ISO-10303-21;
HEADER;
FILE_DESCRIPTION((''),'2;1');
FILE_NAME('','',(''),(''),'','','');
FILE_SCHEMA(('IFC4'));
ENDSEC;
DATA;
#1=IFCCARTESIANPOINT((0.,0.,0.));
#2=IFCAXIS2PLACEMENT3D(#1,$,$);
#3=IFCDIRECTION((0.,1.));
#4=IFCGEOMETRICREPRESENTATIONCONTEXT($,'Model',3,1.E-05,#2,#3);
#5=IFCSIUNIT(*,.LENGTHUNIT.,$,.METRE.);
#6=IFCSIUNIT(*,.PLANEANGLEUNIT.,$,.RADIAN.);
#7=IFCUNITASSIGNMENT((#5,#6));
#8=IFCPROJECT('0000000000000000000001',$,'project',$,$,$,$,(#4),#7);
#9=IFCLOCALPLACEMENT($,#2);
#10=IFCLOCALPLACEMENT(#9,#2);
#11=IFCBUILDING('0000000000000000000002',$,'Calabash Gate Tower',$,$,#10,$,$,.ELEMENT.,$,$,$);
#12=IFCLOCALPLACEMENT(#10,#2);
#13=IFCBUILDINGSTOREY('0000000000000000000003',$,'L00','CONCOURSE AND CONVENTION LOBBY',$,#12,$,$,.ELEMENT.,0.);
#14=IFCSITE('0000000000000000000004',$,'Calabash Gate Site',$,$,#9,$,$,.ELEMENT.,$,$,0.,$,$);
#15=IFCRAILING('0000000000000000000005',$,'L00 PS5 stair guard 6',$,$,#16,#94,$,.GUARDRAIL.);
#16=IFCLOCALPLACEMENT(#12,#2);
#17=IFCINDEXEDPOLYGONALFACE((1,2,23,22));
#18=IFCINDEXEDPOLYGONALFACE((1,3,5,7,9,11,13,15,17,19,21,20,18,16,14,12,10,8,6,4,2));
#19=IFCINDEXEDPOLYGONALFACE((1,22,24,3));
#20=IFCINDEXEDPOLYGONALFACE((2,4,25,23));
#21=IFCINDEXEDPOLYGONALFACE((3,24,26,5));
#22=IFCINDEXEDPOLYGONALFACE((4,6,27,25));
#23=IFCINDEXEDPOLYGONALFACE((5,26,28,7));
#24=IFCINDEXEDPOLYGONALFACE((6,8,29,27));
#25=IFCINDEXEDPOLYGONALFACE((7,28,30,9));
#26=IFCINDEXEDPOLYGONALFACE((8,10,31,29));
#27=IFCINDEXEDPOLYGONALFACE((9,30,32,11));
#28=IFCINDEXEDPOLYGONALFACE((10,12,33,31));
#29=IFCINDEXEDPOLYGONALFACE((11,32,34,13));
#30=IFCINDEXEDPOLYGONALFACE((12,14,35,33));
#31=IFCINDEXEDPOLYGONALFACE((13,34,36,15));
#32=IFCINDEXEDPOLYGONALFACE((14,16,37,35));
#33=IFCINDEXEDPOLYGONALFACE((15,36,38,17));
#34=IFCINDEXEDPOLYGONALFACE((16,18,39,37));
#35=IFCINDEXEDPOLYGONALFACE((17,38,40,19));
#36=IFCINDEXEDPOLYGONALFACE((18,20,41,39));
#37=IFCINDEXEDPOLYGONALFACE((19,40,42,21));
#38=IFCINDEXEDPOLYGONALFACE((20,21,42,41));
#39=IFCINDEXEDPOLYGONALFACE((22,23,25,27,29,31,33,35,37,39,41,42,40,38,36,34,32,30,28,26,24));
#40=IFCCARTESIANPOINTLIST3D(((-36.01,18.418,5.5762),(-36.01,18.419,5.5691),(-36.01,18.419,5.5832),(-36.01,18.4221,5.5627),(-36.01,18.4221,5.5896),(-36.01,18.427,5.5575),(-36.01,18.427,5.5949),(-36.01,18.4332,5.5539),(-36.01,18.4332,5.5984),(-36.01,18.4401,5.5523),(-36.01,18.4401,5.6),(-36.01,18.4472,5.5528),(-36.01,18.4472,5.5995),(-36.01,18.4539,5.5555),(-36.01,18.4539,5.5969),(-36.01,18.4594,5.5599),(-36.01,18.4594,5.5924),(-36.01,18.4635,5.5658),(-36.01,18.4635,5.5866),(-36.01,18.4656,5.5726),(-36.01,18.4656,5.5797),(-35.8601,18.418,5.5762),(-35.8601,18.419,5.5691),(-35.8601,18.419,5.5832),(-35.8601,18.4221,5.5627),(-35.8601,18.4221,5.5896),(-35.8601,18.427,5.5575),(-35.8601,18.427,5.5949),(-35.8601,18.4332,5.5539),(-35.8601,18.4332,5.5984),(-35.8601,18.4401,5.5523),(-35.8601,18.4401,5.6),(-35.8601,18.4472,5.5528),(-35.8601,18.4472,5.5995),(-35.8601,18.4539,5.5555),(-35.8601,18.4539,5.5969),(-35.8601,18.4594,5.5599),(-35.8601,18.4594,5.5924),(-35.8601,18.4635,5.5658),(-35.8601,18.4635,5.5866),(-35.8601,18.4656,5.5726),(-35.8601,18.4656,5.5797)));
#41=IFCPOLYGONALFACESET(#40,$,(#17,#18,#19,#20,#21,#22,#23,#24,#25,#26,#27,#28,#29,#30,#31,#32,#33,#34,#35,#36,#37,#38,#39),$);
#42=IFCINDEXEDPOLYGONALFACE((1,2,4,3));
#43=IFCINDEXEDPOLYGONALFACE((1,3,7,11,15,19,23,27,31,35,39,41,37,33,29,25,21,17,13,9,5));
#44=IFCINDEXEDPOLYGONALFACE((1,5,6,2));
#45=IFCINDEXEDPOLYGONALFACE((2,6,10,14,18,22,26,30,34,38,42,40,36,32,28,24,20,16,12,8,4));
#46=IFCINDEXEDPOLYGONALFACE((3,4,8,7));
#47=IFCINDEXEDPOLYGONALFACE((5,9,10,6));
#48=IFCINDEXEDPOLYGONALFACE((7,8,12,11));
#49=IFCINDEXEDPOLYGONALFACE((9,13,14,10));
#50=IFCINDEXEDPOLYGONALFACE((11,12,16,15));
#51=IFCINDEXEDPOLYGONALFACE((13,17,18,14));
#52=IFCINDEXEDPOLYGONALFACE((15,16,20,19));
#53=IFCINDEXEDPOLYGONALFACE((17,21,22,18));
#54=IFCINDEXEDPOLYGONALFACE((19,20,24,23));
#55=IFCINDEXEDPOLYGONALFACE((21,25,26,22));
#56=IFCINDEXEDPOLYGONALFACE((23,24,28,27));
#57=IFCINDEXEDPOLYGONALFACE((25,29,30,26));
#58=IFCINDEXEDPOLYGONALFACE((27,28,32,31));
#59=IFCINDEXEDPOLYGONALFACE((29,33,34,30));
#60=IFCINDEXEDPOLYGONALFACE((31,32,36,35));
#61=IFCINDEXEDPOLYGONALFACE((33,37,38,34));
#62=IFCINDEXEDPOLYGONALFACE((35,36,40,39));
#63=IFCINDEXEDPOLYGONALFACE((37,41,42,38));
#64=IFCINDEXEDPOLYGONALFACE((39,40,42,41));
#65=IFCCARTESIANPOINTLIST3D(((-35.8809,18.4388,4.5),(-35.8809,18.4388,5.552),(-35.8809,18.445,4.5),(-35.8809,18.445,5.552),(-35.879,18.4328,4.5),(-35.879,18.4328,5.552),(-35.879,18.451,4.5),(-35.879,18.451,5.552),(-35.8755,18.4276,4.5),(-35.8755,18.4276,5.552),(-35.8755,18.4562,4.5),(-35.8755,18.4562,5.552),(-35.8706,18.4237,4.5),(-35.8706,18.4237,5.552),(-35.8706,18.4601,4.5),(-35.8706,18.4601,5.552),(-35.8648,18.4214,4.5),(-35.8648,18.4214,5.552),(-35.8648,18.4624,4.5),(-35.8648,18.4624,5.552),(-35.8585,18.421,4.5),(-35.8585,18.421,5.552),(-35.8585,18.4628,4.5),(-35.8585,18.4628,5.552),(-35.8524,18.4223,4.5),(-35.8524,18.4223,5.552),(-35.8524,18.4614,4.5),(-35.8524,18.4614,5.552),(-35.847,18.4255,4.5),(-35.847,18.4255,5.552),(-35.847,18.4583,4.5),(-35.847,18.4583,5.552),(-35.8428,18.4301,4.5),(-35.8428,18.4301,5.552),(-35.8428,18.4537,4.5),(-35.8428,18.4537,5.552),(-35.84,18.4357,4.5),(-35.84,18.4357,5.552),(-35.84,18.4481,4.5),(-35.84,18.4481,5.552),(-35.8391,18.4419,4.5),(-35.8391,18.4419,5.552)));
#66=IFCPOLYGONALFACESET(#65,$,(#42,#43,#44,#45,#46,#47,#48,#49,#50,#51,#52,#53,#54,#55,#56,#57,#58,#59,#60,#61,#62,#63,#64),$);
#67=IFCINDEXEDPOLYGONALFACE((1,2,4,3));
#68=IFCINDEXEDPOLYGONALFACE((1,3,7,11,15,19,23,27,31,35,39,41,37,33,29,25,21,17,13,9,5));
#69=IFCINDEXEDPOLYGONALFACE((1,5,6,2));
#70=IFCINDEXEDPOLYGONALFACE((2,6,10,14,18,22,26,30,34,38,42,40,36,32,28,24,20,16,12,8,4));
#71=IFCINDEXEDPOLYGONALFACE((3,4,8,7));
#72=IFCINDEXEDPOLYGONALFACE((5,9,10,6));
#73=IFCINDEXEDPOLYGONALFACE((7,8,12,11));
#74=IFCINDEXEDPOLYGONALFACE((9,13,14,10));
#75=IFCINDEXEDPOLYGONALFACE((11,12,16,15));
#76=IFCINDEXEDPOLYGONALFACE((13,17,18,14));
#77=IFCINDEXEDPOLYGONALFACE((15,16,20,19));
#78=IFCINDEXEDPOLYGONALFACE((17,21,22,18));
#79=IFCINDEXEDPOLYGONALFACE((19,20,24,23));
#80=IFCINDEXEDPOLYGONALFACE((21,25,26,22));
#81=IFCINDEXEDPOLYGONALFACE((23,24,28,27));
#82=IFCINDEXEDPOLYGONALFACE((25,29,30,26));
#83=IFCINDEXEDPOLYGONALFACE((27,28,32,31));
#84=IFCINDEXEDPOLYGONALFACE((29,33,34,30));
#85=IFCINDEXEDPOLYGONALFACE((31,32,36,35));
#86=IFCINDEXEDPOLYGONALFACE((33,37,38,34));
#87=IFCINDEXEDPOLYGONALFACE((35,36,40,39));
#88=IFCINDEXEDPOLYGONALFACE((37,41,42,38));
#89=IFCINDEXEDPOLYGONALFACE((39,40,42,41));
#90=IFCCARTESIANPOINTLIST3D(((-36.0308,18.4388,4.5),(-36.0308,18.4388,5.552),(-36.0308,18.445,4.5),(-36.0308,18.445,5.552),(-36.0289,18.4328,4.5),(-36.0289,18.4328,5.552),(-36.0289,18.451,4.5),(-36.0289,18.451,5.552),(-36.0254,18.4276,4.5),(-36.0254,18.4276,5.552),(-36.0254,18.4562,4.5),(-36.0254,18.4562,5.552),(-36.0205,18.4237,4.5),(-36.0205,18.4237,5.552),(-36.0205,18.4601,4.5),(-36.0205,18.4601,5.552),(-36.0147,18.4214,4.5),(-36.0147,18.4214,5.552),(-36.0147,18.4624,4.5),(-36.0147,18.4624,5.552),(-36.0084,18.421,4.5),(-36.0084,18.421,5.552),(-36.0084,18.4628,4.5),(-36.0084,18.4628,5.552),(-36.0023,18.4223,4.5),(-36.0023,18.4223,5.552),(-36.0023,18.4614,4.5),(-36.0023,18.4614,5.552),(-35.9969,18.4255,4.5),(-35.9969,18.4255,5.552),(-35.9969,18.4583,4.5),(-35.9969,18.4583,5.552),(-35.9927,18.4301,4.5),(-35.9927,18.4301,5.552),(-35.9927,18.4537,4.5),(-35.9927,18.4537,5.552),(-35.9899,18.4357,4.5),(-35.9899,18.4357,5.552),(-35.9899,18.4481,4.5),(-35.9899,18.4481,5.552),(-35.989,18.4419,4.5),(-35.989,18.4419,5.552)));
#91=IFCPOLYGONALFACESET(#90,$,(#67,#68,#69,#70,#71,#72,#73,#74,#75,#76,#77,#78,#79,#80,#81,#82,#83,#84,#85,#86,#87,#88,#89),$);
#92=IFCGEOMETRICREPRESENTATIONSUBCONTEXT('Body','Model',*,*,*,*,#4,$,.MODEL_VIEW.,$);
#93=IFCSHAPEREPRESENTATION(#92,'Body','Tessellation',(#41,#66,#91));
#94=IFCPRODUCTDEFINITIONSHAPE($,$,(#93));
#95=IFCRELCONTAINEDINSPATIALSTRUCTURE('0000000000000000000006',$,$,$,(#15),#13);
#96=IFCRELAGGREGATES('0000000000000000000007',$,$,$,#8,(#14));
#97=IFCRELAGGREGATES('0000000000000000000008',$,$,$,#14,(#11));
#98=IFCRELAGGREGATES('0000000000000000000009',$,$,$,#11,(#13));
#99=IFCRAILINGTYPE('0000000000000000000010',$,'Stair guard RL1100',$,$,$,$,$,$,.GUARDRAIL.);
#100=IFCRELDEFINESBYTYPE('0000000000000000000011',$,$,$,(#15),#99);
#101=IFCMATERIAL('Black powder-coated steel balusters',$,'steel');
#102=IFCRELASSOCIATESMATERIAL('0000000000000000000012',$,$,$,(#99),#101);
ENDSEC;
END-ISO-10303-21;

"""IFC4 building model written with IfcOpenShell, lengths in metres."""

from ifc_helpers import new_model, si_unit, direction, frame, origin, origin_2d, place, context, subcontext, project, spatial, circle, extrude, material, type_object, element, save


model = new_model("IFC4")

# Units and contexts
model_context = context("Model", 3, precision=1e-05, world=origin(), true_north=direction((0.0, 1.0)))
body_context = subcontext(model_context, "Body", "Model", "MODEL_VIEW")
ifc_project = project(units=[si_unit("LENGTHUNIT", "METRE"), si_unit("PLANEANGLEUNIT", "RADIAN")], contexts=[model_context])

# Site, building, storey
site_placement = place(None, origin())
site = spatial("IfcSite", under=ifc_project, at=site_placement, Name="Calabash Gate Site", CompositionType="ELEMENT", RefElevation=0.0)
building_placement = place(site_placement, origin())
building = spatial("IfcBuilding", under=site, at=building_placement, Name="Calabash Gate Tower", CompositionType="ELEMENT")
storey_placement = place(building_placement, origin())
storey = spatial("IfcBuildingStorey", under=building, at=storey_placement, Name="L00", Description="CONCOURSE AND CONVENTION LOBBY", CompositionType="ELEMENT", Elevation=0.0)

# Railing
ifc_material_1 = material(Name="Black powder-coated steel balusters", Category="steel")
railing_type_1 = type_object("IfcRailingType", Name="Stair guard RL1100", PredefinedType="GUARDRAIL", material=ifc_material_1)
railing_1_placement = place(storey_placement, frame((-35.8601, 18.4419, 4.5)))
element("IfcRailing", 1, at=railing_1_placement, inside=storey, type_object=railing_type_1, Name="L00 PS5 stair guard 6", PredefinedType="GUARDRAIL", context=body_context, shape_type="SweptSolid", body=[
    extrude(circle(Radius=0.0239, at=origin_2d()), frame((0.0, 0.0, 1.0762), z_axis=(-1.0, 0.0, 0.0), x_axis=(0.0, -1.0, 0.0)), (0.0, 0.0, 1.0), 0.1499),
    extrude(circle(Radius=0.021, at=origin_2d()), origin(), (0.0, 0.0, 1.0), 1.052),
    extrude(circle(Radius=0.021, at=origin_2d()), frame((-0.1499, 0.0, 0.0)), (0.0, 0.0, 1.0), 1.052),
])

save(model, "model.ifc")
